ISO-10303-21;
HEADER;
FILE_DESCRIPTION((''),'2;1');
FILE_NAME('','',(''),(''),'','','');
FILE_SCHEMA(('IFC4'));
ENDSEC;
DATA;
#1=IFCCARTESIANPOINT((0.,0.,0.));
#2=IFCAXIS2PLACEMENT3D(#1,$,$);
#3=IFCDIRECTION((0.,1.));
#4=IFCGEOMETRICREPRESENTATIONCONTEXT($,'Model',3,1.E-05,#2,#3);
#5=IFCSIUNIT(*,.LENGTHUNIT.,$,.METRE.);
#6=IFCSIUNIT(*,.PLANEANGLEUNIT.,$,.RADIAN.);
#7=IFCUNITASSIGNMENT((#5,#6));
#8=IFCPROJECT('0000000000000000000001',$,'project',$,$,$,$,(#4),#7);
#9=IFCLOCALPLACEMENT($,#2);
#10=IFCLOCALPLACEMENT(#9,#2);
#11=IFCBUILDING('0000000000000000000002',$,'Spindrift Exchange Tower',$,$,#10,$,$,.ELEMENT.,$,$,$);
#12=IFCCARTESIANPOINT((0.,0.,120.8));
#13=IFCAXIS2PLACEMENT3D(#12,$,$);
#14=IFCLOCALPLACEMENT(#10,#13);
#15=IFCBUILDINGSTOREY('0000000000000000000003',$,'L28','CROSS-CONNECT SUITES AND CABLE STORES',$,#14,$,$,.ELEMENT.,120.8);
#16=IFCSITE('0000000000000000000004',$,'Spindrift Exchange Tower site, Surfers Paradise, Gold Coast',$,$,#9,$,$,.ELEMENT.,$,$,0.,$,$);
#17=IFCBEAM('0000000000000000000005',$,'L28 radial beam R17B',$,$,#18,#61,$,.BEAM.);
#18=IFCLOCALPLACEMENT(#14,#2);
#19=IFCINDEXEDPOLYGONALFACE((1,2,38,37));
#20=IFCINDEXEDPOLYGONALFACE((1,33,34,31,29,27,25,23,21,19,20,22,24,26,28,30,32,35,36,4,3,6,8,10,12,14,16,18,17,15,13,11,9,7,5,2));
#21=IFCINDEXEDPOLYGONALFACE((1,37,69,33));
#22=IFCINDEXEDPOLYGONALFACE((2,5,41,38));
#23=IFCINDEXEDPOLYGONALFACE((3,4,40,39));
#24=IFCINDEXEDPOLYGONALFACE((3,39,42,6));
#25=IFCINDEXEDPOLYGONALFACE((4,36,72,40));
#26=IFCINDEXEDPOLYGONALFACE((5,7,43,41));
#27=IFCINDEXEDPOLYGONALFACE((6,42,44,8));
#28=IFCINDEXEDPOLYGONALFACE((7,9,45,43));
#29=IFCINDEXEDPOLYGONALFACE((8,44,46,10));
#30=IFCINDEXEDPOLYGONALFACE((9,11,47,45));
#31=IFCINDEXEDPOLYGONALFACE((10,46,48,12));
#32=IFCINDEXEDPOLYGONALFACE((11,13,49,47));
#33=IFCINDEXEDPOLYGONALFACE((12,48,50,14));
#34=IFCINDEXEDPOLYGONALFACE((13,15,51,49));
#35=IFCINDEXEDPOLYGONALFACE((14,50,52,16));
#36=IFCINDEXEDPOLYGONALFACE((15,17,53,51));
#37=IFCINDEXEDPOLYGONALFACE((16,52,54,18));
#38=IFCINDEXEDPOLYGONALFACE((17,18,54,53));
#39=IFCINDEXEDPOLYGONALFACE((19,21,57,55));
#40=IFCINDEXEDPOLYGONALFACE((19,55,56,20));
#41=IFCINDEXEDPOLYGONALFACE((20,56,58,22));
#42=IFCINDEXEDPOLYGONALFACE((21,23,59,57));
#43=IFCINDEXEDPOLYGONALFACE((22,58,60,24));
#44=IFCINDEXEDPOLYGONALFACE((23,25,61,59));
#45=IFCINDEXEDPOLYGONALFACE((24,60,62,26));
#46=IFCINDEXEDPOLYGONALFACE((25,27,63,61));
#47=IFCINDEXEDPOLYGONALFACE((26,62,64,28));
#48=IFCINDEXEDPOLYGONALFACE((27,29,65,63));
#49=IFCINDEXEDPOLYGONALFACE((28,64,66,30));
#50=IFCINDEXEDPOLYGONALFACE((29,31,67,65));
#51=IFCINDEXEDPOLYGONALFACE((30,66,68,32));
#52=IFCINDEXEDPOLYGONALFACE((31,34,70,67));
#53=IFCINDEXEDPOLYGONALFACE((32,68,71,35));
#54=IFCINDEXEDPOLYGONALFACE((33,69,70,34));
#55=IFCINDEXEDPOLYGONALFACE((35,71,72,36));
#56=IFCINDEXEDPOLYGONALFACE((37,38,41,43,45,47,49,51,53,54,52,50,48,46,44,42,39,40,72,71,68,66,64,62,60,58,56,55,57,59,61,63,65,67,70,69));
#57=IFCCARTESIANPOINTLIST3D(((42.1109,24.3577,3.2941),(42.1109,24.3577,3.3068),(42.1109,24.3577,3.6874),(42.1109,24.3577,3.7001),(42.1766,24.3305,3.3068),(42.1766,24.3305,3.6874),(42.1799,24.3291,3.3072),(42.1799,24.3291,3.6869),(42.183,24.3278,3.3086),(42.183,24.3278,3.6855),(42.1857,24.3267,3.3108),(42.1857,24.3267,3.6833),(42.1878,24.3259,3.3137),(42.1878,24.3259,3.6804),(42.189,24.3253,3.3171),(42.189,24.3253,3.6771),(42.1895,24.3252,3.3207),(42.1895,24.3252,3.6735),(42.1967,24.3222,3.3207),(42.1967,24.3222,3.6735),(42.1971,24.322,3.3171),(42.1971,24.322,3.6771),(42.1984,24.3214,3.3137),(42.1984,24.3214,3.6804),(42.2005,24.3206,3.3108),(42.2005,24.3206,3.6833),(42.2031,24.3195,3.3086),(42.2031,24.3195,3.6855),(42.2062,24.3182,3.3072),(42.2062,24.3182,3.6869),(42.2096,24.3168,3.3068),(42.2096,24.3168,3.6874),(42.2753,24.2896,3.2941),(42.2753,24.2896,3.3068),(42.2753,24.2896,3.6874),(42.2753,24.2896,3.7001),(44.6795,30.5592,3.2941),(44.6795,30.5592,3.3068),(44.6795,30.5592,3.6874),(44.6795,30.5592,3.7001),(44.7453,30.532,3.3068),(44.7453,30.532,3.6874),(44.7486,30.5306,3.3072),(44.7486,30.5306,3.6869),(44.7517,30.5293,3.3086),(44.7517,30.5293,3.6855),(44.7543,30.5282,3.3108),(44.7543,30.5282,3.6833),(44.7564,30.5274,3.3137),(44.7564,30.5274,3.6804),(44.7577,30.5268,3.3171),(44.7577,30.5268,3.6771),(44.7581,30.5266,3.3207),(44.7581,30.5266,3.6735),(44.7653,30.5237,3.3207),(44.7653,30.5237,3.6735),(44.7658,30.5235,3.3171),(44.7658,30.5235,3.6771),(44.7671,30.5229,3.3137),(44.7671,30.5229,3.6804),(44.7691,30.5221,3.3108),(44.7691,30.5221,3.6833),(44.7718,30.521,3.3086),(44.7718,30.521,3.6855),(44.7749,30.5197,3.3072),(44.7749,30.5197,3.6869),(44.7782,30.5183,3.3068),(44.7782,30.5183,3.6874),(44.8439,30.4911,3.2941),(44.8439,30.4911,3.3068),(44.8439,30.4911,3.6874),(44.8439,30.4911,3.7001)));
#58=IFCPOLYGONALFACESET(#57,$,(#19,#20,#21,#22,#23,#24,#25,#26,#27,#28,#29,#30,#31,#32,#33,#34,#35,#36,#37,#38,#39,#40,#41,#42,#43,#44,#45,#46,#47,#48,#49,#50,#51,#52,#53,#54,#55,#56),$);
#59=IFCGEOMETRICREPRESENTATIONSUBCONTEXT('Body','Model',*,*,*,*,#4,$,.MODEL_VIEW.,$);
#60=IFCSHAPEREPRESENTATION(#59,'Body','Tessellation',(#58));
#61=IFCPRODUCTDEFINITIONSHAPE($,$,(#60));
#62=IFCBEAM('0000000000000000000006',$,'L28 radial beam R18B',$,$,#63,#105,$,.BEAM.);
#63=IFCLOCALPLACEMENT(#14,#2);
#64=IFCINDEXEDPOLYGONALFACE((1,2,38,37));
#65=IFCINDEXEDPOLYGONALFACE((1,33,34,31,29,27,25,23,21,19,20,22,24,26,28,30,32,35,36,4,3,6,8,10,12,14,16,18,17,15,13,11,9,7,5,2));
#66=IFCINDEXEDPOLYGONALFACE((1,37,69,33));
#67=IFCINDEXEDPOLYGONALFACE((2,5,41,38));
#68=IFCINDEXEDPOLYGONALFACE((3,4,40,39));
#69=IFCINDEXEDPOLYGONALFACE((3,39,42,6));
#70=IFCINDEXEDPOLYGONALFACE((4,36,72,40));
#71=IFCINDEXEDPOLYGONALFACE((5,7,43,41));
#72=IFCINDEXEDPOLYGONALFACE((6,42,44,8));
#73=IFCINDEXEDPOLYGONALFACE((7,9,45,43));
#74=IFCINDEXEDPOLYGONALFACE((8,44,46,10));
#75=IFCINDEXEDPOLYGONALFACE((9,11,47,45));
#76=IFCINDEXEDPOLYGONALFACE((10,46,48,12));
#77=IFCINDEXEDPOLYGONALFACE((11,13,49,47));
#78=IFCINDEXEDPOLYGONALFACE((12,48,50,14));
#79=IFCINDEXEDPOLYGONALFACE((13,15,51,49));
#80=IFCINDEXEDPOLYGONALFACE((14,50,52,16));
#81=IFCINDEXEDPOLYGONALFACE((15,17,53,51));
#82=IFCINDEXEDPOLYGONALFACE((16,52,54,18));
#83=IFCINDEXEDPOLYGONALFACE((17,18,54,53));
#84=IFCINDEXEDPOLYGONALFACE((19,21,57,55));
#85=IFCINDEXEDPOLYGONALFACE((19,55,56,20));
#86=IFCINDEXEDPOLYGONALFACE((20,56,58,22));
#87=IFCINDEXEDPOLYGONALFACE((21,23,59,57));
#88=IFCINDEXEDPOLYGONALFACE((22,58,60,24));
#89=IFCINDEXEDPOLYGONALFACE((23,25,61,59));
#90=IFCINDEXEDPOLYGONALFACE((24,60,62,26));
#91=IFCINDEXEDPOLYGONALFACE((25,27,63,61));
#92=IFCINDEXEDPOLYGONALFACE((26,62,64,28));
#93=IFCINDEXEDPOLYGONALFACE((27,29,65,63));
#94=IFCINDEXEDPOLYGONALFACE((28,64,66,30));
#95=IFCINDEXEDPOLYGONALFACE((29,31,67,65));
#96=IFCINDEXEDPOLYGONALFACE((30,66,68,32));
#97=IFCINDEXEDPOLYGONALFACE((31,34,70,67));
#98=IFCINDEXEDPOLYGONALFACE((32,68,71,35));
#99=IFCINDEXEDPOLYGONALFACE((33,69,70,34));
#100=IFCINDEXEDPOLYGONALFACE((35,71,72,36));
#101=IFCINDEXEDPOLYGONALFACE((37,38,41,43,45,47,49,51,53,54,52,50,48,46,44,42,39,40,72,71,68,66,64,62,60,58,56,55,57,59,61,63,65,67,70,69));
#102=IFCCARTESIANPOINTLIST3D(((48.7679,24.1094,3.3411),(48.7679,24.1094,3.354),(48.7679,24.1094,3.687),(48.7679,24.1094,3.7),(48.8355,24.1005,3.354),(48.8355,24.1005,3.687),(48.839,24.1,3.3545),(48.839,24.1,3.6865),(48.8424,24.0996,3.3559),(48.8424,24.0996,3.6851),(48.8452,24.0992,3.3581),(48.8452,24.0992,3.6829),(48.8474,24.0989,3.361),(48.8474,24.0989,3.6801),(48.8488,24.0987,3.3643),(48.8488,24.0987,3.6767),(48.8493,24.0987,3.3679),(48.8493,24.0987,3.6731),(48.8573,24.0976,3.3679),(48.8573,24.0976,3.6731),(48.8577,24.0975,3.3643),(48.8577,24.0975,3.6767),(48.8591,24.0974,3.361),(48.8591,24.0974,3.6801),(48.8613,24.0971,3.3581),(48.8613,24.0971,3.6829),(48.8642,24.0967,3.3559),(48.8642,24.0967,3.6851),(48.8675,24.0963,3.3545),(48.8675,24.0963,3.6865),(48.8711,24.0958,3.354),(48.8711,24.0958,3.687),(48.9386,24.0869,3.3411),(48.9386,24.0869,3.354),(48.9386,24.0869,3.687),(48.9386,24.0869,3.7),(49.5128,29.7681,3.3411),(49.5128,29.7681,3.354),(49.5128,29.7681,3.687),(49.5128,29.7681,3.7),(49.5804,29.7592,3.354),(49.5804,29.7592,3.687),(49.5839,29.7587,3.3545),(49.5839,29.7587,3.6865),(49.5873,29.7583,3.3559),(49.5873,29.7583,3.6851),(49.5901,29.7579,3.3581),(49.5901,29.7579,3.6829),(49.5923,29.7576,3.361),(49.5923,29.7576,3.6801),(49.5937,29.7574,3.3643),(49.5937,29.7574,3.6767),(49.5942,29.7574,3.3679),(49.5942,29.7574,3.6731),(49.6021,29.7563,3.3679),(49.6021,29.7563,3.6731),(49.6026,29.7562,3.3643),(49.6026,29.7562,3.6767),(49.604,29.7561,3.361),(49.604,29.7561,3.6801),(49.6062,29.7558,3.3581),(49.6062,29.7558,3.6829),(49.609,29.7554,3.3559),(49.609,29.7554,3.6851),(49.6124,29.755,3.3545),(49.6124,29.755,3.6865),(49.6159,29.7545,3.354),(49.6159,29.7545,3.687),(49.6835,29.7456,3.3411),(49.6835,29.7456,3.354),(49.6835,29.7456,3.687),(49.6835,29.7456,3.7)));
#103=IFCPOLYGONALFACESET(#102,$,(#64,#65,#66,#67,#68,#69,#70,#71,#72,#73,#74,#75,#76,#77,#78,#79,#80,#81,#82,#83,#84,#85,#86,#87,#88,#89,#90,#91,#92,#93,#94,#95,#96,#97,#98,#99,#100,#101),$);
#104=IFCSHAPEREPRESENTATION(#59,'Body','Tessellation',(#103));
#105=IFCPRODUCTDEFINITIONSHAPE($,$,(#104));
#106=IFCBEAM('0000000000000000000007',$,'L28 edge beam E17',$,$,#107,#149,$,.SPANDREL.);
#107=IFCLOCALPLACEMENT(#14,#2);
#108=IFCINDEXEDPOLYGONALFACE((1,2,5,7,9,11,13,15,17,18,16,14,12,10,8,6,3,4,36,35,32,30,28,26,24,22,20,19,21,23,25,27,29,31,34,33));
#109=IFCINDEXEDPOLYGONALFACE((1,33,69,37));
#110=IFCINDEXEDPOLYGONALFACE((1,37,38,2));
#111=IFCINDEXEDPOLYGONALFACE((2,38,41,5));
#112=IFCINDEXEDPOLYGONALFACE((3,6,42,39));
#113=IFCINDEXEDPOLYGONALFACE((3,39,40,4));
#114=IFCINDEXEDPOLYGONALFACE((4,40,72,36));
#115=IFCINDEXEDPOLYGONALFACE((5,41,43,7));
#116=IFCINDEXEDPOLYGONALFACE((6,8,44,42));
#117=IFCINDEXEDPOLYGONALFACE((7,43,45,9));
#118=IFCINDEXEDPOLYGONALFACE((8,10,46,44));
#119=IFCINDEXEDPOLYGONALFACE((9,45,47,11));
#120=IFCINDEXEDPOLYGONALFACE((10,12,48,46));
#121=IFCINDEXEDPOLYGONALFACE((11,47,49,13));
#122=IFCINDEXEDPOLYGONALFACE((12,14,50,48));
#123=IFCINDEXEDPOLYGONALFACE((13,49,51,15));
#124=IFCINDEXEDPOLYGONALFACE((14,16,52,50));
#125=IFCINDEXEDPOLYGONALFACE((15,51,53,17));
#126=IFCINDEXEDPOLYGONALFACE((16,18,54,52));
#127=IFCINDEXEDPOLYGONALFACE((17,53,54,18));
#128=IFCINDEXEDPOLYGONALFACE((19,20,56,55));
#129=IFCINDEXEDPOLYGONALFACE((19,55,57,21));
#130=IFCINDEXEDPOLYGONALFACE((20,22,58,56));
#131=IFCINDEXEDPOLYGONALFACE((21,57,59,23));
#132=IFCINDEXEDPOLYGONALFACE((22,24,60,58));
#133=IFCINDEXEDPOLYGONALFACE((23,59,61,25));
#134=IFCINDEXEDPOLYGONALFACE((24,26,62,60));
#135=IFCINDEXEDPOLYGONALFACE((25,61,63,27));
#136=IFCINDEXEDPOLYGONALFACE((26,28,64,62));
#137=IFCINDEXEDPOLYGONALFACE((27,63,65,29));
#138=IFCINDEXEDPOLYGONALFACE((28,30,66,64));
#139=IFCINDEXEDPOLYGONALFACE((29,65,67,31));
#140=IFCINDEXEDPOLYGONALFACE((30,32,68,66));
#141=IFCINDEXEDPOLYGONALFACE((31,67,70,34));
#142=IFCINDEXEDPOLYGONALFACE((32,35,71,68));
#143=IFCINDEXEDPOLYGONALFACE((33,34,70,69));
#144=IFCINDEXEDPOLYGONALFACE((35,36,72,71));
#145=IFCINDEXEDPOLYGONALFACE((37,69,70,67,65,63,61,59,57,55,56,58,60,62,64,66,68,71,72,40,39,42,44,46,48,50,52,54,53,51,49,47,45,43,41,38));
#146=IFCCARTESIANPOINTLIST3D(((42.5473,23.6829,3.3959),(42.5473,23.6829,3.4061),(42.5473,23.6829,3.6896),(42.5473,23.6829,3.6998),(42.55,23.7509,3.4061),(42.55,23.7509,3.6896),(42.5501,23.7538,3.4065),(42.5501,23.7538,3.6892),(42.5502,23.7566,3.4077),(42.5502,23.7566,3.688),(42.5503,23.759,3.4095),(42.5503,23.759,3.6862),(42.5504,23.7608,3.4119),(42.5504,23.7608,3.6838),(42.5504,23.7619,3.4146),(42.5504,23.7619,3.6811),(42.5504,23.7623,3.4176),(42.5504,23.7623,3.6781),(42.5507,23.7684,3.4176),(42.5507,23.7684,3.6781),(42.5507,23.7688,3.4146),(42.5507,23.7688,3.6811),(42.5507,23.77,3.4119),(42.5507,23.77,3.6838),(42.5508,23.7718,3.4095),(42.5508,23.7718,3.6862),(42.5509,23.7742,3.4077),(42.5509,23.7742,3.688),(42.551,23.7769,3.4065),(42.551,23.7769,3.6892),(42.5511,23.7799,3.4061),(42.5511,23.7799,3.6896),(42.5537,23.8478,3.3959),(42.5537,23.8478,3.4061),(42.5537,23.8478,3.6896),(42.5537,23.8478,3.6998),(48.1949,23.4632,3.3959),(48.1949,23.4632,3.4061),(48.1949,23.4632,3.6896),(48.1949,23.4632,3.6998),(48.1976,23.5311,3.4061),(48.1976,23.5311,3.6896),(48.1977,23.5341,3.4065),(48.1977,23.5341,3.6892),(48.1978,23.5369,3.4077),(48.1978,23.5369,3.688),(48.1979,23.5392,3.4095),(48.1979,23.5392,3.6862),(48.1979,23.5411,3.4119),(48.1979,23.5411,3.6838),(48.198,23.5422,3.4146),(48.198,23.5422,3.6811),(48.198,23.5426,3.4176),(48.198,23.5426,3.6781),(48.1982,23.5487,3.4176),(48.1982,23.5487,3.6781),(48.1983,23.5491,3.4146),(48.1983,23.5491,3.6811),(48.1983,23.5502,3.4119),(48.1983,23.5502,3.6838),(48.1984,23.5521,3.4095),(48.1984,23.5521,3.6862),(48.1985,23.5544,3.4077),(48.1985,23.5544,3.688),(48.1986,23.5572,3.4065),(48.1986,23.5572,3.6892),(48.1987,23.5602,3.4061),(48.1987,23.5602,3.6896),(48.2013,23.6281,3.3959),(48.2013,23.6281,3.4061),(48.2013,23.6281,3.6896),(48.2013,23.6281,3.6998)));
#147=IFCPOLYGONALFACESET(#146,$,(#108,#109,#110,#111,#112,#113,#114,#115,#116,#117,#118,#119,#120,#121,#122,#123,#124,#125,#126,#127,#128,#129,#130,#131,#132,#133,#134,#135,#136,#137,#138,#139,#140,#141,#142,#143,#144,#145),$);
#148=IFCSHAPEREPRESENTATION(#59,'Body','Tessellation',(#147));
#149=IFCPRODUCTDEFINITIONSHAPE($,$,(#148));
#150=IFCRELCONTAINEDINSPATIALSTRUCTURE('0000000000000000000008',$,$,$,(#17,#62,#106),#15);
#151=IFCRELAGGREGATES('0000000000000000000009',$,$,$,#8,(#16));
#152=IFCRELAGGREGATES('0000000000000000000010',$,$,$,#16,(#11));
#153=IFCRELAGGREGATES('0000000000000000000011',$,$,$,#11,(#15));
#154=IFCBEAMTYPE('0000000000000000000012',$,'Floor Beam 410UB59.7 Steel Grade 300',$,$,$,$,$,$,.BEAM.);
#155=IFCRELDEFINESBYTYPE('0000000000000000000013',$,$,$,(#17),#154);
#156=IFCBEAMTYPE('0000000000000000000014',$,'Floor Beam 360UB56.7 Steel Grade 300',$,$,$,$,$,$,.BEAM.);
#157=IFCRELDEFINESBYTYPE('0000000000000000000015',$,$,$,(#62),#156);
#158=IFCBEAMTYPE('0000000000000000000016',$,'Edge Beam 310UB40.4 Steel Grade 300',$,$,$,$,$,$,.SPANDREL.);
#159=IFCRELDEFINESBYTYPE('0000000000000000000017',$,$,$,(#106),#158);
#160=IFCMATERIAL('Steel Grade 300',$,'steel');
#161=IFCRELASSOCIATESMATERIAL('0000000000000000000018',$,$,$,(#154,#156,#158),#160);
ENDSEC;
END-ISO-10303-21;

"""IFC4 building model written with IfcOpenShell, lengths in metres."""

from ifc_helpers import new_model, si_unit, direction, frame, origin, origin_2d, place, context, subcontext, project, spatial, i_section, extrude, source, transform, mapped, material, material_profile, profile_set, type_object, element, save


model = new_model("IFC4")

# Units and contexts
model_context = context("Model", 3, precision=1e-05, world=origin(), true_north=direction((0.0, 1.0)))
body_context = subcontext(model_context, "Body", "Model", "MODEL_VIEW")
ifc_project = project(units=[si_unit("LENGTHUNIT", "METRE"), si_unit("PLANEANGLEUNIT", "RADIAN")], contexts=[model_context])

# Site, building, storey
site_placement = place(None, origin())
site = spatial("IfcSite", under=ifc_project, at=site_placement, Name="Spindrift Exchange Tower site, Surfers Paradise, Gold Coast", CompositionType="ELEMENT", RefElevation=0.0)
building_placement = place(site_placement, origin())
building = spatial("IfcBuilding", under=site, at=building_placement, Name="Spindrift Exchange Tower", CompositionType="ELEMENT")
storey_placement = place(building_placement, frame((0.0, 0.0, 120.8)))
storey = spatial("IfcBuildingStorey", under=building, at=storey_placement, Name="L28", Description="CROSS-CONNECT SUITES AND CABLE STORES", CompositionType="ELEMENT", Elevation=120.8)

# Beams
ifc_material_1 = material(Name="Steel Grade 300", Category="steel")
ifc_material_profile_1 = material_profile(ifc_material_1, i_section(OverallWidth=0.178, OverallDepth=0.406, WebThickness=0.0078, FlangeThickness=0.0127, FilletRadius=0.0139, at=origin_2d()), Name="410UB59.7")
ifc_profile_set_1 = profile_set([ifc_material_profile_1], Name="Steel Grade 300")
beam_type_1 = type_object("IfcBeamType", Name="Floor Beam 410UB59.7 Steel Grade 300", PredefinedType="BEAM", material=ifc_profile_set_1)
shared_shape_1 = source(origin(), body_context, "Body", "SweptSolid", [
    extrude(i_section(OverallWidth=0.178, OverallDepth=0.406, WebThickness=0.0078, FlangeThickness=0.0127, FilletRadius=0.0139, at=origin_2d()), origin(), (0.0, 0.0, 1.0), 6.7124),
])
beam_1_placement = place(storey_placement, frame((44.7617, 30.5251, 3.4971), z_axis=(-0.38267, -0.923885, 0.0), x_axis=(0.923885, -0.38267, 0.0)))
element("IfcBeam", 1, at=beam_1_placement, inside=storey, type_object=beam_type_1, Name="L28 radial beam R17B", PredefinedType="BEAM", context=body_context, shape_type="MappedRepresentation", body=[
    mapped(shared_shape_1, transform((0.0, 0.0, 0.0), scale=1.0)),
])
ifc_material_profile_2 = material_profile(ifc_material_1, i_section(OverallWidth=0.1721, OverallDepth=0.3589, WebThickness=0.0081, FlangeThickness=0.0129, FilletRadius=0.0139, at=origin_2d()), Name="360UB56.7")
ifc_profile_set_2 = profile_set([ifc_material_profile_2], Name="Steel Grade 300")
beam_type_2 = type_object("IfcBeamType", Name="Floor Beam 360UB56.7 Steel Grade 300", PredefinedType="BEAM", material=ifc_profile_set_2)
shared_shape_2 = source(origin(), body_context, "Body", "SweptSolid", [
    extrude(i_section(OverallWidth=0.1721, OverallDepth=0.3589, WebThickness=0.0081, FlangeThickness=0.0129, FilletRadius=0.0139, at=origin_2d()), origin(), (0.0, 0.0, 1.0), 5.7075),
])
beam_2_placement = place(storey_placement, frame((49.5981, 29.7568, 3.5205), z_axis=(-0.130508, -0.991447, 0.0), x_axis=(0.991447, -0.130508, 0.0)))
element("IfcBeam", 2, at=beam_2_placement, inside=storey, type_object=beam_type_2, Name="L28 radial beam R18B", PredefinedType="BEAM", context=body_context, shape_type="MappedRepresentation", body=[
    mapped(shared_shape_2, transform((0.0, 0.0, 0.0), scale=1.0)),
])
ifc_material_profile_3 = material_profile(ifc_material_1, i_section(OverallWidth=0.165, OverallDepth=0.304, WebThickness=0.0061, FlangeThickness=0.0103, FilletRadius=0.0115, at=origin_2d()), Name="310UB40.4")
ifc_profile_set_3 = profile_set([ifc_material_profile_3], Name="Steel Grade 300")
beam_type_3 = type_object("IfcBeamType", Name="Edge Beam 310UB40.4 Steel Grade 300", PredefinedType="SPANDREL", material=ifc_profile_set_3)
shared_shape_3 = source(origin(), body_context, "Body", "SweptSolid", [
    extrude(i_section(OverallWidth=0.165, OverallDepth=0.304, WebThickness=0.0061, FlangeThickness=0.0103, FilletRadius=0.0115, at=origin_2d()), origin(), (0.0, 0.0, 1.0), 5.6519),
])
beam_3_placement = place(storey_placement, frame((42.5505, 23.7654, 3.5479), z_axis=(0.999244, -0.038878, 0.0), x_axis=(0.038878, 0.999244, 0.0)))
element("IfcBeam", 3, at=beam_3_placement, inside=storey, type_object=beam_type_3, Name="L28 edge beam E17", PredefinedType="SPANDREL", context=body_context, shape_type="MappedRepresentation", body=[
    mapped(shared_shape_3, transform((0.0, 0.0, 0.0), scale=1.0)),
])

save(model, "model.ifc")
